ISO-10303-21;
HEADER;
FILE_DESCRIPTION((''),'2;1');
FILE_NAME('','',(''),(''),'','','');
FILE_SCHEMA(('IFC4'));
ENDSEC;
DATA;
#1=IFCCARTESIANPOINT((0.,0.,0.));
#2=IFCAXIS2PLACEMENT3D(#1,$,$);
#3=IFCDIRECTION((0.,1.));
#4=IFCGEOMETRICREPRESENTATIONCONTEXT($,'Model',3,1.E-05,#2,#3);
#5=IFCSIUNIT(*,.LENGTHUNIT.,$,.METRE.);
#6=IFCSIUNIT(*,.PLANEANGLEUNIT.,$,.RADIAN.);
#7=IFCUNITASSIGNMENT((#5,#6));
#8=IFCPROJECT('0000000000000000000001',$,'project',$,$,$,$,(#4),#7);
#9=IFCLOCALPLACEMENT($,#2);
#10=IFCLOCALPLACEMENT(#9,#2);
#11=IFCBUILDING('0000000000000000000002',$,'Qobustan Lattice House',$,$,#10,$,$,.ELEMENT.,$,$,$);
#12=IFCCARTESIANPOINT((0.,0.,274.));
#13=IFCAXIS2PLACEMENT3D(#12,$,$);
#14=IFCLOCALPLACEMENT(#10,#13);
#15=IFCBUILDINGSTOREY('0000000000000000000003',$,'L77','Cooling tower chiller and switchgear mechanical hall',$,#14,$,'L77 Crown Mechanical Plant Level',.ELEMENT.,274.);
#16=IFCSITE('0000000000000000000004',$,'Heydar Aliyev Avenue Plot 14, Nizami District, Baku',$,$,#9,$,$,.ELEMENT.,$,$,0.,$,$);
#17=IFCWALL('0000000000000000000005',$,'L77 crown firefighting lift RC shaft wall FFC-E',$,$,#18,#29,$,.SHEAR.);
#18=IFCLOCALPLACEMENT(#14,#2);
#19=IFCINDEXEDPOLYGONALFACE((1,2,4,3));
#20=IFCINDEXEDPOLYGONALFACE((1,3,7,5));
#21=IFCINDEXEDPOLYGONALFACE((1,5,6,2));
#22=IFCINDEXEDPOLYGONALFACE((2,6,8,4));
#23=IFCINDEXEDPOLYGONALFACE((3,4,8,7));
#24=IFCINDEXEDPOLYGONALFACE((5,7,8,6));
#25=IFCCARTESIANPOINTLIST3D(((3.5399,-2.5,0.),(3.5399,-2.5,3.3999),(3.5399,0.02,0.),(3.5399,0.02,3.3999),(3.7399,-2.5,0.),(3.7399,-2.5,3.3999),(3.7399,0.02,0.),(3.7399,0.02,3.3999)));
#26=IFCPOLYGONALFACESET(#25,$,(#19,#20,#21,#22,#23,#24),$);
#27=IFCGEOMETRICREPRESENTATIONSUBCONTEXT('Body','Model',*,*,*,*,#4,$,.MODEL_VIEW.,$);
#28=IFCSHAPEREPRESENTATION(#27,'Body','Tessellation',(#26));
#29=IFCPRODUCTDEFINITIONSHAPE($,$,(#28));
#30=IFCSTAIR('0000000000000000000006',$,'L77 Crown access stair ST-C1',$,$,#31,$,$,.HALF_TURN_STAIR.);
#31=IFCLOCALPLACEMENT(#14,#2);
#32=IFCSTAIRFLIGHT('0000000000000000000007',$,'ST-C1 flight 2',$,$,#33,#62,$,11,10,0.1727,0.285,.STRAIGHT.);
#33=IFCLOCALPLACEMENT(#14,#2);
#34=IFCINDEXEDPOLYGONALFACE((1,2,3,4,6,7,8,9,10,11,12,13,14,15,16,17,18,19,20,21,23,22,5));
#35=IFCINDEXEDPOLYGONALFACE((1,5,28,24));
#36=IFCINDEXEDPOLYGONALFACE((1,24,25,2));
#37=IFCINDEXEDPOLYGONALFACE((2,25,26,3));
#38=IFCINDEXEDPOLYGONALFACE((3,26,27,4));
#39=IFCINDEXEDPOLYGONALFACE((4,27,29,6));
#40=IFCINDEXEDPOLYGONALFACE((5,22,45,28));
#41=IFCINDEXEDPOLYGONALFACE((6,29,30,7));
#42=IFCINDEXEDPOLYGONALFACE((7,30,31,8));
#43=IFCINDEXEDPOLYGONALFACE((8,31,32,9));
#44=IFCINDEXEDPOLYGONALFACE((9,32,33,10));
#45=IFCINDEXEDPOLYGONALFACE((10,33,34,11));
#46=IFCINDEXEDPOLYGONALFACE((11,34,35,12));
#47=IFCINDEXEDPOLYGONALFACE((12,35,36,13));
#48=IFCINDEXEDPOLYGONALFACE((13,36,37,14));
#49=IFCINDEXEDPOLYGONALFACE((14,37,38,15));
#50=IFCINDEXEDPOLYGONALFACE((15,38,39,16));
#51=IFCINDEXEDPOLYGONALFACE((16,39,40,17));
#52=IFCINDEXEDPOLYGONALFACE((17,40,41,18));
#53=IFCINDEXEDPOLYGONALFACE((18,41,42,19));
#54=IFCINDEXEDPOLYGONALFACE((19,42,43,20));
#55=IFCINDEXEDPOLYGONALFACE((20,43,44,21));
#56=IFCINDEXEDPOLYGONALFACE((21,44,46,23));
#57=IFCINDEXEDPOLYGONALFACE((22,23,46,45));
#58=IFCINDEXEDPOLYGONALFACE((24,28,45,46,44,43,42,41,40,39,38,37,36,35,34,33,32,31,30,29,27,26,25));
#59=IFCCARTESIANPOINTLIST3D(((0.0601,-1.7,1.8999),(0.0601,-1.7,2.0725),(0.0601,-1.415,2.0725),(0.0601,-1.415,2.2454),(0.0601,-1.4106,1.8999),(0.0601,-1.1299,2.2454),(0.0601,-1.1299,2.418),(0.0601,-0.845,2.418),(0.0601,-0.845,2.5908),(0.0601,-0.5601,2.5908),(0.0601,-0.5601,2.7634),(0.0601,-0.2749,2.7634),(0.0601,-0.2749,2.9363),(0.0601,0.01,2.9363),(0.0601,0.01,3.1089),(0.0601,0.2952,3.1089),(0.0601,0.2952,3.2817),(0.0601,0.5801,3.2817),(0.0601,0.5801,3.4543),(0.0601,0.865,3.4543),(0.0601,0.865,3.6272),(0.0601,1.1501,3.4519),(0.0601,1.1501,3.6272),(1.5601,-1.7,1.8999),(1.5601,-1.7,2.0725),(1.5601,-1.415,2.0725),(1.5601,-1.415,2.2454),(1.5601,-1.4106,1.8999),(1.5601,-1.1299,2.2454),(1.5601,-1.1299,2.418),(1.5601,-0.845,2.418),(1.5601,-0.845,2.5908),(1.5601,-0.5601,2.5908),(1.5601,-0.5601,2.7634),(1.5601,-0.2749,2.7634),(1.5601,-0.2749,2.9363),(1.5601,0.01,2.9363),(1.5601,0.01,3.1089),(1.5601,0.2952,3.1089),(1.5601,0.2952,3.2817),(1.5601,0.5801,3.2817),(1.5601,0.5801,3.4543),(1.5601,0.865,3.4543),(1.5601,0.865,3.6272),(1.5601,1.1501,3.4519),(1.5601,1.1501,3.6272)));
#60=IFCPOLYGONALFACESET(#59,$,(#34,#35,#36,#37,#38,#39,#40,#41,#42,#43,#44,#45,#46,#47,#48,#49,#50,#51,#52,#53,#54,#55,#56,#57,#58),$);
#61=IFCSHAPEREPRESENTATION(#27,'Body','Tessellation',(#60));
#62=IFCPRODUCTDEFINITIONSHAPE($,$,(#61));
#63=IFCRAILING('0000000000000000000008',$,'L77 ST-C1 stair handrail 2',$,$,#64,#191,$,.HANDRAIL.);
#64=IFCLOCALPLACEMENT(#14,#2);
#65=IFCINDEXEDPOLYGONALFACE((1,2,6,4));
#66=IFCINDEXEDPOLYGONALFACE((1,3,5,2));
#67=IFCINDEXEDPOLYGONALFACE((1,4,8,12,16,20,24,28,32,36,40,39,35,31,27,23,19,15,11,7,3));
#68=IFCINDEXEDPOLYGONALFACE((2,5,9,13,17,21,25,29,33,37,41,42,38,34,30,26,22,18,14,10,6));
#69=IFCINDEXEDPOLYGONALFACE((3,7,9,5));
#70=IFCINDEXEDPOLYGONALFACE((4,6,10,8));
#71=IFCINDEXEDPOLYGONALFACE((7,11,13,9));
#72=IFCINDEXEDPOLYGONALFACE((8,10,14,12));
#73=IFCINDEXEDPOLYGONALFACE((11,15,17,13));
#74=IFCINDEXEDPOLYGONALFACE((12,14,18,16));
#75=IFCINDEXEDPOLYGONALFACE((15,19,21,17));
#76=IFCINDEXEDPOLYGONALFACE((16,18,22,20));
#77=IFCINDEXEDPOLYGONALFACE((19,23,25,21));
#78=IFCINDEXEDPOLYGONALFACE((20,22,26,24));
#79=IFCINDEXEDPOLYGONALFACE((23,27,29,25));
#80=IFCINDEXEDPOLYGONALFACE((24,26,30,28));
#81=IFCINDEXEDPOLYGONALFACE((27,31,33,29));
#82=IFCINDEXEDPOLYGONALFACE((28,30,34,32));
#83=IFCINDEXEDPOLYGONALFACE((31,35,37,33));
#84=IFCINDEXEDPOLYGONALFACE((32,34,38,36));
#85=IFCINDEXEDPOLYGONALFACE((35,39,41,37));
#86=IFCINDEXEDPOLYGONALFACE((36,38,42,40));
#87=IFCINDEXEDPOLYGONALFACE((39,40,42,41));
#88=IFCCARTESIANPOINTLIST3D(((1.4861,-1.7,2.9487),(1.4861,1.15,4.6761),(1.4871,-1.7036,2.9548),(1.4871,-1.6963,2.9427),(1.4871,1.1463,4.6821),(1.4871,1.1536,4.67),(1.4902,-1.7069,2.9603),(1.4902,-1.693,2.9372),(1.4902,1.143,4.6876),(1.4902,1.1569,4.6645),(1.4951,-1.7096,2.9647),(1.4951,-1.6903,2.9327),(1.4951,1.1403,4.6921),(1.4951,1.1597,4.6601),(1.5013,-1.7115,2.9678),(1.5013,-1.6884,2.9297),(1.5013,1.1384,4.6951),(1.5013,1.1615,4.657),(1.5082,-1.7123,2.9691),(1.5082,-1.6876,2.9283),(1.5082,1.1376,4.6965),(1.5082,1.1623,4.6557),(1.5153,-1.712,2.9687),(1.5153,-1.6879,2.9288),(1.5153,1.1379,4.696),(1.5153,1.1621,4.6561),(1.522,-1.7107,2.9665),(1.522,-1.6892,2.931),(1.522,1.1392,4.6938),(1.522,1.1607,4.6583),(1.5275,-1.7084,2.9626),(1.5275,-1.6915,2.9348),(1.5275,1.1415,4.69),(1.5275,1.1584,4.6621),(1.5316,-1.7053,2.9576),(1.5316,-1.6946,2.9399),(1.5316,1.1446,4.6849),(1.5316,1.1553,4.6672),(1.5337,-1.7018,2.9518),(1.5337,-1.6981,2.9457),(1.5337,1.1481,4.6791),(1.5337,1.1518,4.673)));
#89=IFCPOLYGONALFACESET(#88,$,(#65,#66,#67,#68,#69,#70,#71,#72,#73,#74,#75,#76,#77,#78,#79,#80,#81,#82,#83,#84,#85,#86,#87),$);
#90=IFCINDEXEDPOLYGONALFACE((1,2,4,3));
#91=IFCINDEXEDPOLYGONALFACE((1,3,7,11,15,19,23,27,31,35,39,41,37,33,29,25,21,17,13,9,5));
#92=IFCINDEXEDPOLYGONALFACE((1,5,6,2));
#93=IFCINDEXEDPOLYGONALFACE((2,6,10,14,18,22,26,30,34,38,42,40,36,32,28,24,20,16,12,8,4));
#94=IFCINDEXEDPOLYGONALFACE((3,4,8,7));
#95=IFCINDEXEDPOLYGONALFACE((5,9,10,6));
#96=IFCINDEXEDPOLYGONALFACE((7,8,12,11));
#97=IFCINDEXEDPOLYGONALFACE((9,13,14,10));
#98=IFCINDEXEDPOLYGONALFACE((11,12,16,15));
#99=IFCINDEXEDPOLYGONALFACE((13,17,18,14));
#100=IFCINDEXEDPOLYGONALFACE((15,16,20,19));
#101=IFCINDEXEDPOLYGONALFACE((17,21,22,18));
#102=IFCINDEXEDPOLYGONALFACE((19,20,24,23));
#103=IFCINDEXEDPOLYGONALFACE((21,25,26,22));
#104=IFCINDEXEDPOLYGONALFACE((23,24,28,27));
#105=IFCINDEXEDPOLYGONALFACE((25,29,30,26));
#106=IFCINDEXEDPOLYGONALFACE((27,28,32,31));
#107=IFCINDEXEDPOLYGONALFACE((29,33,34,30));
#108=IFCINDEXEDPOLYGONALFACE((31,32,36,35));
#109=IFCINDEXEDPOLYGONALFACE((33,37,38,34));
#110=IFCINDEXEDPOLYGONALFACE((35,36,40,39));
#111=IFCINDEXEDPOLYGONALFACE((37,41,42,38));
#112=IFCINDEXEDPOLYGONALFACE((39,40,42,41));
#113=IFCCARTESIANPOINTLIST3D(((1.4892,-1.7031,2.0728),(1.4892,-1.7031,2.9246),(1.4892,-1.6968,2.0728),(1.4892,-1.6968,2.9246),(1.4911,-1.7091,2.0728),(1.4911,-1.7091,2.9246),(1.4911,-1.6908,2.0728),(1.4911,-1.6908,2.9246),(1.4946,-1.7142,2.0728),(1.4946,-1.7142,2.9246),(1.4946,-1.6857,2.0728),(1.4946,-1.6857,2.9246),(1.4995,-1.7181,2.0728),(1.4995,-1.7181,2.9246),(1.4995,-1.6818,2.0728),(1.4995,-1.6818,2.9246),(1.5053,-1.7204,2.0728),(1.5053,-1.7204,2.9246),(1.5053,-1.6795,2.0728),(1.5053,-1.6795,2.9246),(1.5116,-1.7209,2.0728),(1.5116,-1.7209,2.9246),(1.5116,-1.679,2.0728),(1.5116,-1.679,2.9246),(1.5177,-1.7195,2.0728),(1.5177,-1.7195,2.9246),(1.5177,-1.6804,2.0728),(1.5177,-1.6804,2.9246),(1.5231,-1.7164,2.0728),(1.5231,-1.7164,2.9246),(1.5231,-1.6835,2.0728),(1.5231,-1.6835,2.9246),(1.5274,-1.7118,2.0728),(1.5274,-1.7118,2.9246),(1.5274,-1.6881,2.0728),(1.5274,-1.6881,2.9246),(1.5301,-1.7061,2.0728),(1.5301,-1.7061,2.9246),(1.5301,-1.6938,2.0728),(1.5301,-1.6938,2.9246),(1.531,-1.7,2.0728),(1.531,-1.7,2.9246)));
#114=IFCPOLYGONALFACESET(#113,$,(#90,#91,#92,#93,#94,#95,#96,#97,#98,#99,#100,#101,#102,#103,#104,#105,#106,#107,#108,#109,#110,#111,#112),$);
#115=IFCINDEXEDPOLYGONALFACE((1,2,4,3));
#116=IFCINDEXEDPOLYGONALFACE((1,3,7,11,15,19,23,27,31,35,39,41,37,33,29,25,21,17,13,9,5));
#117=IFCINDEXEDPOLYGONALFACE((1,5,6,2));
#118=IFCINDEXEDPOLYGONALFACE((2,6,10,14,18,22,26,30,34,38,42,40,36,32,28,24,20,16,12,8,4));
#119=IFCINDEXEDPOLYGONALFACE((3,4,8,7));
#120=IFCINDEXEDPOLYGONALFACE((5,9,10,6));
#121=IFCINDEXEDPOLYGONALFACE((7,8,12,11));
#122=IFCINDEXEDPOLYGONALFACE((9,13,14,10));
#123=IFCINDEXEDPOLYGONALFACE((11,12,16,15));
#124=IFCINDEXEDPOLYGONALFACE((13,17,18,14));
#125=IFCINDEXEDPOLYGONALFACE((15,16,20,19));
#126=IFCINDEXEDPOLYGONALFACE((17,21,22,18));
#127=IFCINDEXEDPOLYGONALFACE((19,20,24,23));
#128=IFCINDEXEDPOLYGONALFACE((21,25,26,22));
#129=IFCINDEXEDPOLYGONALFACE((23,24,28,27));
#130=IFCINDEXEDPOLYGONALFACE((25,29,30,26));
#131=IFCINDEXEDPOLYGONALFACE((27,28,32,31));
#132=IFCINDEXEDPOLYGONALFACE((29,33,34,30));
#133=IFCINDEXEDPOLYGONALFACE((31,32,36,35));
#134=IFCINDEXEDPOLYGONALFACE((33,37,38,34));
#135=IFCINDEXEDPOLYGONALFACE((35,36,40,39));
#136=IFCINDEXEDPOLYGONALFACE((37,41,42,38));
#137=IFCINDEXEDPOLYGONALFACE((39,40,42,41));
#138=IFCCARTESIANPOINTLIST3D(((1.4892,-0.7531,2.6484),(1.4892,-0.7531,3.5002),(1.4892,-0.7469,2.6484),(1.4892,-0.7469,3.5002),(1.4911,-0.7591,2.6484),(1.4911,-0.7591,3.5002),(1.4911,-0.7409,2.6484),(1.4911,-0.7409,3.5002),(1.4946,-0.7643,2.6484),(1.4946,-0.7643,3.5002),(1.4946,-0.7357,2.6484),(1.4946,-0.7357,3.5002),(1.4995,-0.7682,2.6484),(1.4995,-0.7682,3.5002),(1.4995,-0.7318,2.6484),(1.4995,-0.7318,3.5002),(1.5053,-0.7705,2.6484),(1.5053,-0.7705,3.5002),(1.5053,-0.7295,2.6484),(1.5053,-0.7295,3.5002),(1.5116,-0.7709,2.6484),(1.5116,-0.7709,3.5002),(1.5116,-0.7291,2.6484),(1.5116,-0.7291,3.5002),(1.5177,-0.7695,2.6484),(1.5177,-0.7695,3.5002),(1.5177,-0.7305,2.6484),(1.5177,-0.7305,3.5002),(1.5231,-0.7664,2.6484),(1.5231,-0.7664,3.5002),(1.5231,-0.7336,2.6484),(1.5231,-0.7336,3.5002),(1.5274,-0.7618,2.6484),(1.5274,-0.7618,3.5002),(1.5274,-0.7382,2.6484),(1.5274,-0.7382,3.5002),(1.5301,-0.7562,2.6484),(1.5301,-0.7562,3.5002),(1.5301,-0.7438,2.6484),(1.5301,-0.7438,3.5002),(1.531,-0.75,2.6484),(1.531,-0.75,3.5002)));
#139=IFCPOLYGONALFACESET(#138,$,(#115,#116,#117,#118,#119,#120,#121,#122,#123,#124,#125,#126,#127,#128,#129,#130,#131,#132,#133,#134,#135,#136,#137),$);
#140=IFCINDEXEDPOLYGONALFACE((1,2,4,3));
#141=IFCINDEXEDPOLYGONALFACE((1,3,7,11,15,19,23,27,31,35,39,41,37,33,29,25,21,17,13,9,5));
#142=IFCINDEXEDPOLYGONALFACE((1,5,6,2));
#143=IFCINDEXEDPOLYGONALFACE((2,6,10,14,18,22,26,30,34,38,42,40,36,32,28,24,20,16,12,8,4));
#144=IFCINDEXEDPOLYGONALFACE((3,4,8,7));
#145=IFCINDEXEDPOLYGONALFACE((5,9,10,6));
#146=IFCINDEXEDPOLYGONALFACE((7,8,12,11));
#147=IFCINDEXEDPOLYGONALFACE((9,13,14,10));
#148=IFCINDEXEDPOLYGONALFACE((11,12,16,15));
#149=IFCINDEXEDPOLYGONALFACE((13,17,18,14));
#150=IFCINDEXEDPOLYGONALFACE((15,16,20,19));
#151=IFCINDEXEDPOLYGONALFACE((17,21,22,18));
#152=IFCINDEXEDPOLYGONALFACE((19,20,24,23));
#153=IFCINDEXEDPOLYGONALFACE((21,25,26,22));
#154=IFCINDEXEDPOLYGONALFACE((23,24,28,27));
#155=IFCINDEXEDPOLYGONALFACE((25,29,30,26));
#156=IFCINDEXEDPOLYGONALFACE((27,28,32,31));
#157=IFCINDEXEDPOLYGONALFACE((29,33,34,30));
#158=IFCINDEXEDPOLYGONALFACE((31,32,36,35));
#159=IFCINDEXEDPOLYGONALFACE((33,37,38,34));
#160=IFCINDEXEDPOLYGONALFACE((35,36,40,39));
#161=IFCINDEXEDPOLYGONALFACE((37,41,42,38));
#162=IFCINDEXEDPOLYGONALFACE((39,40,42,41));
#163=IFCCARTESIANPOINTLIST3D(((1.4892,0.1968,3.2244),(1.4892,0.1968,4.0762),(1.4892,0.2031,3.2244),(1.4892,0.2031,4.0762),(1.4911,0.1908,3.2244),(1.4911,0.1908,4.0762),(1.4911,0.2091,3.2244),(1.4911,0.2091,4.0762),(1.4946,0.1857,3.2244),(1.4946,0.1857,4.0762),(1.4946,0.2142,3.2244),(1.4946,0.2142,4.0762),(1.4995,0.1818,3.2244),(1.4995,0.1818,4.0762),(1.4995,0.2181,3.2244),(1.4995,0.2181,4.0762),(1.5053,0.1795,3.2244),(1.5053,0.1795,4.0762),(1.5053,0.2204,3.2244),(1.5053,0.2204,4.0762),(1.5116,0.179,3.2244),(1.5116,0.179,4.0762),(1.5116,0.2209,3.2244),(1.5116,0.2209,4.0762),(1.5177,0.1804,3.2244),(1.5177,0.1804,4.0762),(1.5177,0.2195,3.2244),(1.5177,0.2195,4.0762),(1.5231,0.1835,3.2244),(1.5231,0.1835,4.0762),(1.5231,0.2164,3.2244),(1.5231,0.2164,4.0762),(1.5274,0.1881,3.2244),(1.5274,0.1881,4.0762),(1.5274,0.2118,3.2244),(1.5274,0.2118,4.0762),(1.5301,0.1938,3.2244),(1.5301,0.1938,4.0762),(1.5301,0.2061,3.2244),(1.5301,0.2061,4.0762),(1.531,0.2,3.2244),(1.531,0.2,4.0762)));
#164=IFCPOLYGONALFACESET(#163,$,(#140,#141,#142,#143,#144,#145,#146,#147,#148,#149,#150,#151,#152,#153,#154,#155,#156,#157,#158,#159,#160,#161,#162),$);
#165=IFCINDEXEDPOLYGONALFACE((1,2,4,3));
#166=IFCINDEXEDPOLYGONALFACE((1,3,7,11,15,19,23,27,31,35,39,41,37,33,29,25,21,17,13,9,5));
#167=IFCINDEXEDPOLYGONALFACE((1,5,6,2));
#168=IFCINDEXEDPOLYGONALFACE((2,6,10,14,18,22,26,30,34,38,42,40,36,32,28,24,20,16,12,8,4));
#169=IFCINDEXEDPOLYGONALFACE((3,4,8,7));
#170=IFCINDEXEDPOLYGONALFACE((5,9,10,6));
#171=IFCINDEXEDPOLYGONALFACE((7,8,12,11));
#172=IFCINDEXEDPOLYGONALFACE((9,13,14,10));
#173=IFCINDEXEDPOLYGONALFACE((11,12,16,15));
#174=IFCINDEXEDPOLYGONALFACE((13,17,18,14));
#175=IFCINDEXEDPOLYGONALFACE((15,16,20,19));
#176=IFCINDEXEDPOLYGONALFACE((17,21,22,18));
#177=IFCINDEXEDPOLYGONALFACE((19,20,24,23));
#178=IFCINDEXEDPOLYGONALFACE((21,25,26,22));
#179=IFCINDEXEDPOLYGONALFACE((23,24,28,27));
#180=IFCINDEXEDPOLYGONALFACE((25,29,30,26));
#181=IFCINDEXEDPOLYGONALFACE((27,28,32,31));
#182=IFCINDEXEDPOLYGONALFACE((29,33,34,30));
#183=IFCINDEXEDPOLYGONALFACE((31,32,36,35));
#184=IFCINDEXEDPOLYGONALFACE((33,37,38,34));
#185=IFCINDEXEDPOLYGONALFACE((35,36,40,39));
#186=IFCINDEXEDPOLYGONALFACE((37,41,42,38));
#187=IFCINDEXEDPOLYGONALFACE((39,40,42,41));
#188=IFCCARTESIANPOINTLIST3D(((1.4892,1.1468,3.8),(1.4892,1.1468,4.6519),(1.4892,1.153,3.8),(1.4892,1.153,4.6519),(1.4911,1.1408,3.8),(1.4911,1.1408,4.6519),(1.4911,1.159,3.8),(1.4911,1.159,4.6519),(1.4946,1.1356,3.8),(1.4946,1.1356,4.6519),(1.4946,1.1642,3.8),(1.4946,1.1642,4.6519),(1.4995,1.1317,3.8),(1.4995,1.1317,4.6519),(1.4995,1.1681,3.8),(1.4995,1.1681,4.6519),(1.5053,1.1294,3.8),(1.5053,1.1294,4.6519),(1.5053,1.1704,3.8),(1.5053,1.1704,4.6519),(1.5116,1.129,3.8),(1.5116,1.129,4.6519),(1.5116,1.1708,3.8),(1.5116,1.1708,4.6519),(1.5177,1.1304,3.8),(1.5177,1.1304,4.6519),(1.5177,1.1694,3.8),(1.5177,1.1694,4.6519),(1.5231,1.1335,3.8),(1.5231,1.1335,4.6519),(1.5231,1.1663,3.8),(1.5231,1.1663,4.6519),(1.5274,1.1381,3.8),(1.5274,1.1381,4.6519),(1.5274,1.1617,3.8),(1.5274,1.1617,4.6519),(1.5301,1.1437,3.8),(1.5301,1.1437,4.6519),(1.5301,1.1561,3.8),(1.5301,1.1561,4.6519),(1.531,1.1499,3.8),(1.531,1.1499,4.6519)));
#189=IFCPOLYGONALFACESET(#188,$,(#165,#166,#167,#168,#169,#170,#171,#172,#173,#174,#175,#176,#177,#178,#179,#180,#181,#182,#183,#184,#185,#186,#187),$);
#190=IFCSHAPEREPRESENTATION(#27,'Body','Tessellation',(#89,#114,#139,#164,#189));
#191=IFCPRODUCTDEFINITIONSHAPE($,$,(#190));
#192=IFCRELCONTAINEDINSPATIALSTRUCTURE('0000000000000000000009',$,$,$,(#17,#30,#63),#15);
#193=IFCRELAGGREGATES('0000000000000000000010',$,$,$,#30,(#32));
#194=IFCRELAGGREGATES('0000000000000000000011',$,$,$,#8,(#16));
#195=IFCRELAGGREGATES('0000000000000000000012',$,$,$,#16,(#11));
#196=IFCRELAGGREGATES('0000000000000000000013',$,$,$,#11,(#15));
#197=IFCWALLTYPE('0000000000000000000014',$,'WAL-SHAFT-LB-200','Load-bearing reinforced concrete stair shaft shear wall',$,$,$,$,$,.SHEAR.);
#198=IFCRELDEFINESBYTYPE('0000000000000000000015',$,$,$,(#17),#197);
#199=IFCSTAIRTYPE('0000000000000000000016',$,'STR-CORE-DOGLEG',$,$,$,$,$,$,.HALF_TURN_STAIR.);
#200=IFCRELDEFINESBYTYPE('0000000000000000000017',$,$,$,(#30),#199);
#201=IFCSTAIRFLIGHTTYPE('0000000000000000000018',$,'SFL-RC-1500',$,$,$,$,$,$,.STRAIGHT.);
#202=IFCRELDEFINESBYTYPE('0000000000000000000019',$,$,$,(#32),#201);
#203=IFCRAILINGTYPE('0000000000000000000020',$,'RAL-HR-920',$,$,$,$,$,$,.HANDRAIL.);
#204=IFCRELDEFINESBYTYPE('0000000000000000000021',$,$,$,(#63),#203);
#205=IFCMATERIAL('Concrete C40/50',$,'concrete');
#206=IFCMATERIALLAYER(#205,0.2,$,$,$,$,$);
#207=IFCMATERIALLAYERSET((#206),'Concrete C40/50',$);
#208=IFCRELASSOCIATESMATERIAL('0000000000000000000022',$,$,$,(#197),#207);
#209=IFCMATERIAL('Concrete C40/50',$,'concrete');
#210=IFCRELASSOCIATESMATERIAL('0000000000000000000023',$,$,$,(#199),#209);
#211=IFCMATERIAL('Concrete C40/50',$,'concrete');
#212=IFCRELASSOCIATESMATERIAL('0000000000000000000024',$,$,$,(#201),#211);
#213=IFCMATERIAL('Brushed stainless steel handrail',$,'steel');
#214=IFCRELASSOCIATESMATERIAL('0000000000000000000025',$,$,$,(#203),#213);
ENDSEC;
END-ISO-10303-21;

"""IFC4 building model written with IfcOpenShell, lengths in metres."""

from ifc_helpers import new_model, si_unit, direction, frame, frame_2d, origin, origin_2d, place, context, subcontext, project, spatial, polyline, rectangle, circle, outline, extrude, material, layer, layer_set, type_object, element, aggregate, save


model = new_model("IFC4")

# Units and contexts
model_context = context("Model", 3, precision=1e-05, world=origin(), true_north=direction((0.0, 1.0)))
body_context = subcontext(model_context, "Body", "Model", "MODEL_VIEW")
ifc_project = project(units=[si_unit("LENGTHUNIT", "METRE"), si_unit("PLANEANGLEUNIT", "RADIAN")], contexts=[model_context])

# Site, building, storey
site_placement = place(None, origin())
site = spatial("IfcSite", under=ifc_project, at=site_placement, Name="Heydar Aliyev Avenue Plot 14, Nizami District, Baku", CompositionType="ELEMENT", RefElevation=0.0)
building_placement = place(site_placement, origin())
building = spatial("IfcBuilding", under=site, at=building_placement, Name="Qobustan Lattice House", CompositionType="ELEMENT")
storey_placement = place(building_placement, frame((0.0, 0.0, 274.0)))
storey = spatial("IfcBuildingStorey", under=building, at=storey_placement, Name="L77", Description="Cooling tower chiller and switchgear mechanical hall", LongName="L77 Crown Mechanical Plant Level", CompositionType="ELEMENT", Elevation=274.0)

# Wall
ifc_material_1 = material(Name="Concrete C40/50", Category="concrete")
ifc_layer_1 = layer(ifc_material_1, 0.2)
ifc_layer_set_1 = layer_set([ifc_layer_1], Name="Concrete C40/50")
wall_type = type_object("IfcWallType", Name="WAL-SHAFT-LB-200", Description="Load-bearing reinforced concrete stair shaft shear wall", PredefinedType="SHEAR", material=ifc_layer_set_1)
wall_1_placement = place(storey_placement, frame((3.6399, -2.5, 0.0), z_axis=(0.0, 0.0, 1.0), x_axis=(0.0, 1.0, 0.0)))
element("IfcWall", 1, at=wall_1_placement, inside=storey, type_object=wall_type, Name="L77 crown firefighting lift RC shaft wall FFC-E", PredefinedType="SHEAR", context=body_context, shape_type="SweptSolid", body=[
    extrude(rectangle(XDim=2.52, YDim=0.2, at=frame_2d((1.26, 0.0))), origin(), (0.0, 0.0, 1.0), 3.3999),
])

# Stair, stair flight
ifc_material_2 = material(Name="Concrete C40/50", Category="concrete")
stair_type = type_object("IfcStairType", Name="STR-CORE-DOGLEG", PredefinedType="HALF_TURN_STAIR", material=ifc_material_2)
stair_placement = place(storey_placement, origin())
stair = element("IfcStair", 2, at=stair_placement, inside=storey, type_object=stair_type, Name="L77 Crown access stair ST-C1", PredefinedType="HALF_TURN_STAIR")
ifc_material_3 = material(Name="Concrete C40/50", Category="concrete")
stair_flight_type = type_object("IfcStairFlightType", Name="SFL-RC-1500", PredefinedType="STRAIGHT", material=ifc_material_3)
stair_flight_placement = place(storey_placement, frame((0.8101, -1.7, 1.8999), z_axis=(0.0, 0.0, 1.0), x_axis=(0.0, 1.0, 0.0)))
stair_flight = element("IfcStairFlight", 3, at=stair_flight_placement, type_object=stair_flight_type, Name="ST-C1 flight 2", NumberOfRisers=11, NumberOfTreads=10, PredefinedType="STRAIGHT", RiserHeight=0.1727, TreadLength=0.285, context=body_context, shape_type="SweptSolid", body=[
    extrude(outline(polyline([(0.0, 0.0), (0.0, 0.1726), (0.2849, 0.1726), (0.2849, 0.3455), (0.5701, 0.3455), (0.5701, 0.5181), (0.855, 0.5181), (0.855, 0.6909), (1.1399, 0.6909), (1.1399, 0.8635), (1.425, 0.8635), (1.425, 1.0364), (1.71, 1.0364), (1.71, 1.209), (1.9951, 1.209), (1.9951, 1.3818), (2.28, 1.3818), (2.28, 1.5544), (2.5649, 1.5544), (2.5649, 1.7273), (2.8501, 1.7273), (2.8501, 1.8999), (2.8501, 1.552), (0.2893, 0.0), (0.0, 0.0)])), frame((0.0, 0.75, 0.0), z_axis=(0.0, -1.0, 0.0), x_axis=(1.0, 0.0, 0.0)), (0.0, 0.0, 1.0), 1.5),
])
aggregate(stair, [stair_flight])

# Railing
ifc_material_4 = material(Name="Brushed stainless steel handrail", Category="steel")
railing_type_1 = type_object("IfcRailingType", Name="RAL-HR-920", PredefinedType="HANDRAIL", material=ifc_material_4)
railing_1_placement = place(storey_placement, frame((1.51, -1.7, 2.0728)))
element("IfcRailing", 4, at=railing_1_placement, inside=storey, type_object=railing_type_1, Name="L77 ST-C1 stair handrail 2", PredefinedType="HANDRAIL", context=body_context, shape_type="SweptSolid", body=[
    extrude(circle(Radius=0.0239, at=origin_2d()), frame((0.0, 0.0, 0.876), z_axis=(0.0, 0.855183, 0.518326), x_axis=(-1.0, 0.0, 0.0)), (0.0, 0.0, 1.0), 3.3325),
    extrude(circle(Radius=0.021, at=origin_2d()), origin(), (0.0, 0.0, 1.0), 0.8518),
    extrude(circle(Radius=0.021, at=origin_2d()), frame((0.0, 0.95, 0.5757)), (0.0, 0.0, 1.0), 0.8518),
    extrude(circle(Radius=0.021, at=origin_2d()), frame((0.0, 1.8999, 1.1516)), (0.0, 0.0, 1.0), 0.8518),
    extrude(circle(Radius=0.021, at=origin_2d()), frame((0.0, 2.8499, 1.7273)), (0.0, 0.0, 1.0), 0.8518),
])

save(model, "model.ifc")
